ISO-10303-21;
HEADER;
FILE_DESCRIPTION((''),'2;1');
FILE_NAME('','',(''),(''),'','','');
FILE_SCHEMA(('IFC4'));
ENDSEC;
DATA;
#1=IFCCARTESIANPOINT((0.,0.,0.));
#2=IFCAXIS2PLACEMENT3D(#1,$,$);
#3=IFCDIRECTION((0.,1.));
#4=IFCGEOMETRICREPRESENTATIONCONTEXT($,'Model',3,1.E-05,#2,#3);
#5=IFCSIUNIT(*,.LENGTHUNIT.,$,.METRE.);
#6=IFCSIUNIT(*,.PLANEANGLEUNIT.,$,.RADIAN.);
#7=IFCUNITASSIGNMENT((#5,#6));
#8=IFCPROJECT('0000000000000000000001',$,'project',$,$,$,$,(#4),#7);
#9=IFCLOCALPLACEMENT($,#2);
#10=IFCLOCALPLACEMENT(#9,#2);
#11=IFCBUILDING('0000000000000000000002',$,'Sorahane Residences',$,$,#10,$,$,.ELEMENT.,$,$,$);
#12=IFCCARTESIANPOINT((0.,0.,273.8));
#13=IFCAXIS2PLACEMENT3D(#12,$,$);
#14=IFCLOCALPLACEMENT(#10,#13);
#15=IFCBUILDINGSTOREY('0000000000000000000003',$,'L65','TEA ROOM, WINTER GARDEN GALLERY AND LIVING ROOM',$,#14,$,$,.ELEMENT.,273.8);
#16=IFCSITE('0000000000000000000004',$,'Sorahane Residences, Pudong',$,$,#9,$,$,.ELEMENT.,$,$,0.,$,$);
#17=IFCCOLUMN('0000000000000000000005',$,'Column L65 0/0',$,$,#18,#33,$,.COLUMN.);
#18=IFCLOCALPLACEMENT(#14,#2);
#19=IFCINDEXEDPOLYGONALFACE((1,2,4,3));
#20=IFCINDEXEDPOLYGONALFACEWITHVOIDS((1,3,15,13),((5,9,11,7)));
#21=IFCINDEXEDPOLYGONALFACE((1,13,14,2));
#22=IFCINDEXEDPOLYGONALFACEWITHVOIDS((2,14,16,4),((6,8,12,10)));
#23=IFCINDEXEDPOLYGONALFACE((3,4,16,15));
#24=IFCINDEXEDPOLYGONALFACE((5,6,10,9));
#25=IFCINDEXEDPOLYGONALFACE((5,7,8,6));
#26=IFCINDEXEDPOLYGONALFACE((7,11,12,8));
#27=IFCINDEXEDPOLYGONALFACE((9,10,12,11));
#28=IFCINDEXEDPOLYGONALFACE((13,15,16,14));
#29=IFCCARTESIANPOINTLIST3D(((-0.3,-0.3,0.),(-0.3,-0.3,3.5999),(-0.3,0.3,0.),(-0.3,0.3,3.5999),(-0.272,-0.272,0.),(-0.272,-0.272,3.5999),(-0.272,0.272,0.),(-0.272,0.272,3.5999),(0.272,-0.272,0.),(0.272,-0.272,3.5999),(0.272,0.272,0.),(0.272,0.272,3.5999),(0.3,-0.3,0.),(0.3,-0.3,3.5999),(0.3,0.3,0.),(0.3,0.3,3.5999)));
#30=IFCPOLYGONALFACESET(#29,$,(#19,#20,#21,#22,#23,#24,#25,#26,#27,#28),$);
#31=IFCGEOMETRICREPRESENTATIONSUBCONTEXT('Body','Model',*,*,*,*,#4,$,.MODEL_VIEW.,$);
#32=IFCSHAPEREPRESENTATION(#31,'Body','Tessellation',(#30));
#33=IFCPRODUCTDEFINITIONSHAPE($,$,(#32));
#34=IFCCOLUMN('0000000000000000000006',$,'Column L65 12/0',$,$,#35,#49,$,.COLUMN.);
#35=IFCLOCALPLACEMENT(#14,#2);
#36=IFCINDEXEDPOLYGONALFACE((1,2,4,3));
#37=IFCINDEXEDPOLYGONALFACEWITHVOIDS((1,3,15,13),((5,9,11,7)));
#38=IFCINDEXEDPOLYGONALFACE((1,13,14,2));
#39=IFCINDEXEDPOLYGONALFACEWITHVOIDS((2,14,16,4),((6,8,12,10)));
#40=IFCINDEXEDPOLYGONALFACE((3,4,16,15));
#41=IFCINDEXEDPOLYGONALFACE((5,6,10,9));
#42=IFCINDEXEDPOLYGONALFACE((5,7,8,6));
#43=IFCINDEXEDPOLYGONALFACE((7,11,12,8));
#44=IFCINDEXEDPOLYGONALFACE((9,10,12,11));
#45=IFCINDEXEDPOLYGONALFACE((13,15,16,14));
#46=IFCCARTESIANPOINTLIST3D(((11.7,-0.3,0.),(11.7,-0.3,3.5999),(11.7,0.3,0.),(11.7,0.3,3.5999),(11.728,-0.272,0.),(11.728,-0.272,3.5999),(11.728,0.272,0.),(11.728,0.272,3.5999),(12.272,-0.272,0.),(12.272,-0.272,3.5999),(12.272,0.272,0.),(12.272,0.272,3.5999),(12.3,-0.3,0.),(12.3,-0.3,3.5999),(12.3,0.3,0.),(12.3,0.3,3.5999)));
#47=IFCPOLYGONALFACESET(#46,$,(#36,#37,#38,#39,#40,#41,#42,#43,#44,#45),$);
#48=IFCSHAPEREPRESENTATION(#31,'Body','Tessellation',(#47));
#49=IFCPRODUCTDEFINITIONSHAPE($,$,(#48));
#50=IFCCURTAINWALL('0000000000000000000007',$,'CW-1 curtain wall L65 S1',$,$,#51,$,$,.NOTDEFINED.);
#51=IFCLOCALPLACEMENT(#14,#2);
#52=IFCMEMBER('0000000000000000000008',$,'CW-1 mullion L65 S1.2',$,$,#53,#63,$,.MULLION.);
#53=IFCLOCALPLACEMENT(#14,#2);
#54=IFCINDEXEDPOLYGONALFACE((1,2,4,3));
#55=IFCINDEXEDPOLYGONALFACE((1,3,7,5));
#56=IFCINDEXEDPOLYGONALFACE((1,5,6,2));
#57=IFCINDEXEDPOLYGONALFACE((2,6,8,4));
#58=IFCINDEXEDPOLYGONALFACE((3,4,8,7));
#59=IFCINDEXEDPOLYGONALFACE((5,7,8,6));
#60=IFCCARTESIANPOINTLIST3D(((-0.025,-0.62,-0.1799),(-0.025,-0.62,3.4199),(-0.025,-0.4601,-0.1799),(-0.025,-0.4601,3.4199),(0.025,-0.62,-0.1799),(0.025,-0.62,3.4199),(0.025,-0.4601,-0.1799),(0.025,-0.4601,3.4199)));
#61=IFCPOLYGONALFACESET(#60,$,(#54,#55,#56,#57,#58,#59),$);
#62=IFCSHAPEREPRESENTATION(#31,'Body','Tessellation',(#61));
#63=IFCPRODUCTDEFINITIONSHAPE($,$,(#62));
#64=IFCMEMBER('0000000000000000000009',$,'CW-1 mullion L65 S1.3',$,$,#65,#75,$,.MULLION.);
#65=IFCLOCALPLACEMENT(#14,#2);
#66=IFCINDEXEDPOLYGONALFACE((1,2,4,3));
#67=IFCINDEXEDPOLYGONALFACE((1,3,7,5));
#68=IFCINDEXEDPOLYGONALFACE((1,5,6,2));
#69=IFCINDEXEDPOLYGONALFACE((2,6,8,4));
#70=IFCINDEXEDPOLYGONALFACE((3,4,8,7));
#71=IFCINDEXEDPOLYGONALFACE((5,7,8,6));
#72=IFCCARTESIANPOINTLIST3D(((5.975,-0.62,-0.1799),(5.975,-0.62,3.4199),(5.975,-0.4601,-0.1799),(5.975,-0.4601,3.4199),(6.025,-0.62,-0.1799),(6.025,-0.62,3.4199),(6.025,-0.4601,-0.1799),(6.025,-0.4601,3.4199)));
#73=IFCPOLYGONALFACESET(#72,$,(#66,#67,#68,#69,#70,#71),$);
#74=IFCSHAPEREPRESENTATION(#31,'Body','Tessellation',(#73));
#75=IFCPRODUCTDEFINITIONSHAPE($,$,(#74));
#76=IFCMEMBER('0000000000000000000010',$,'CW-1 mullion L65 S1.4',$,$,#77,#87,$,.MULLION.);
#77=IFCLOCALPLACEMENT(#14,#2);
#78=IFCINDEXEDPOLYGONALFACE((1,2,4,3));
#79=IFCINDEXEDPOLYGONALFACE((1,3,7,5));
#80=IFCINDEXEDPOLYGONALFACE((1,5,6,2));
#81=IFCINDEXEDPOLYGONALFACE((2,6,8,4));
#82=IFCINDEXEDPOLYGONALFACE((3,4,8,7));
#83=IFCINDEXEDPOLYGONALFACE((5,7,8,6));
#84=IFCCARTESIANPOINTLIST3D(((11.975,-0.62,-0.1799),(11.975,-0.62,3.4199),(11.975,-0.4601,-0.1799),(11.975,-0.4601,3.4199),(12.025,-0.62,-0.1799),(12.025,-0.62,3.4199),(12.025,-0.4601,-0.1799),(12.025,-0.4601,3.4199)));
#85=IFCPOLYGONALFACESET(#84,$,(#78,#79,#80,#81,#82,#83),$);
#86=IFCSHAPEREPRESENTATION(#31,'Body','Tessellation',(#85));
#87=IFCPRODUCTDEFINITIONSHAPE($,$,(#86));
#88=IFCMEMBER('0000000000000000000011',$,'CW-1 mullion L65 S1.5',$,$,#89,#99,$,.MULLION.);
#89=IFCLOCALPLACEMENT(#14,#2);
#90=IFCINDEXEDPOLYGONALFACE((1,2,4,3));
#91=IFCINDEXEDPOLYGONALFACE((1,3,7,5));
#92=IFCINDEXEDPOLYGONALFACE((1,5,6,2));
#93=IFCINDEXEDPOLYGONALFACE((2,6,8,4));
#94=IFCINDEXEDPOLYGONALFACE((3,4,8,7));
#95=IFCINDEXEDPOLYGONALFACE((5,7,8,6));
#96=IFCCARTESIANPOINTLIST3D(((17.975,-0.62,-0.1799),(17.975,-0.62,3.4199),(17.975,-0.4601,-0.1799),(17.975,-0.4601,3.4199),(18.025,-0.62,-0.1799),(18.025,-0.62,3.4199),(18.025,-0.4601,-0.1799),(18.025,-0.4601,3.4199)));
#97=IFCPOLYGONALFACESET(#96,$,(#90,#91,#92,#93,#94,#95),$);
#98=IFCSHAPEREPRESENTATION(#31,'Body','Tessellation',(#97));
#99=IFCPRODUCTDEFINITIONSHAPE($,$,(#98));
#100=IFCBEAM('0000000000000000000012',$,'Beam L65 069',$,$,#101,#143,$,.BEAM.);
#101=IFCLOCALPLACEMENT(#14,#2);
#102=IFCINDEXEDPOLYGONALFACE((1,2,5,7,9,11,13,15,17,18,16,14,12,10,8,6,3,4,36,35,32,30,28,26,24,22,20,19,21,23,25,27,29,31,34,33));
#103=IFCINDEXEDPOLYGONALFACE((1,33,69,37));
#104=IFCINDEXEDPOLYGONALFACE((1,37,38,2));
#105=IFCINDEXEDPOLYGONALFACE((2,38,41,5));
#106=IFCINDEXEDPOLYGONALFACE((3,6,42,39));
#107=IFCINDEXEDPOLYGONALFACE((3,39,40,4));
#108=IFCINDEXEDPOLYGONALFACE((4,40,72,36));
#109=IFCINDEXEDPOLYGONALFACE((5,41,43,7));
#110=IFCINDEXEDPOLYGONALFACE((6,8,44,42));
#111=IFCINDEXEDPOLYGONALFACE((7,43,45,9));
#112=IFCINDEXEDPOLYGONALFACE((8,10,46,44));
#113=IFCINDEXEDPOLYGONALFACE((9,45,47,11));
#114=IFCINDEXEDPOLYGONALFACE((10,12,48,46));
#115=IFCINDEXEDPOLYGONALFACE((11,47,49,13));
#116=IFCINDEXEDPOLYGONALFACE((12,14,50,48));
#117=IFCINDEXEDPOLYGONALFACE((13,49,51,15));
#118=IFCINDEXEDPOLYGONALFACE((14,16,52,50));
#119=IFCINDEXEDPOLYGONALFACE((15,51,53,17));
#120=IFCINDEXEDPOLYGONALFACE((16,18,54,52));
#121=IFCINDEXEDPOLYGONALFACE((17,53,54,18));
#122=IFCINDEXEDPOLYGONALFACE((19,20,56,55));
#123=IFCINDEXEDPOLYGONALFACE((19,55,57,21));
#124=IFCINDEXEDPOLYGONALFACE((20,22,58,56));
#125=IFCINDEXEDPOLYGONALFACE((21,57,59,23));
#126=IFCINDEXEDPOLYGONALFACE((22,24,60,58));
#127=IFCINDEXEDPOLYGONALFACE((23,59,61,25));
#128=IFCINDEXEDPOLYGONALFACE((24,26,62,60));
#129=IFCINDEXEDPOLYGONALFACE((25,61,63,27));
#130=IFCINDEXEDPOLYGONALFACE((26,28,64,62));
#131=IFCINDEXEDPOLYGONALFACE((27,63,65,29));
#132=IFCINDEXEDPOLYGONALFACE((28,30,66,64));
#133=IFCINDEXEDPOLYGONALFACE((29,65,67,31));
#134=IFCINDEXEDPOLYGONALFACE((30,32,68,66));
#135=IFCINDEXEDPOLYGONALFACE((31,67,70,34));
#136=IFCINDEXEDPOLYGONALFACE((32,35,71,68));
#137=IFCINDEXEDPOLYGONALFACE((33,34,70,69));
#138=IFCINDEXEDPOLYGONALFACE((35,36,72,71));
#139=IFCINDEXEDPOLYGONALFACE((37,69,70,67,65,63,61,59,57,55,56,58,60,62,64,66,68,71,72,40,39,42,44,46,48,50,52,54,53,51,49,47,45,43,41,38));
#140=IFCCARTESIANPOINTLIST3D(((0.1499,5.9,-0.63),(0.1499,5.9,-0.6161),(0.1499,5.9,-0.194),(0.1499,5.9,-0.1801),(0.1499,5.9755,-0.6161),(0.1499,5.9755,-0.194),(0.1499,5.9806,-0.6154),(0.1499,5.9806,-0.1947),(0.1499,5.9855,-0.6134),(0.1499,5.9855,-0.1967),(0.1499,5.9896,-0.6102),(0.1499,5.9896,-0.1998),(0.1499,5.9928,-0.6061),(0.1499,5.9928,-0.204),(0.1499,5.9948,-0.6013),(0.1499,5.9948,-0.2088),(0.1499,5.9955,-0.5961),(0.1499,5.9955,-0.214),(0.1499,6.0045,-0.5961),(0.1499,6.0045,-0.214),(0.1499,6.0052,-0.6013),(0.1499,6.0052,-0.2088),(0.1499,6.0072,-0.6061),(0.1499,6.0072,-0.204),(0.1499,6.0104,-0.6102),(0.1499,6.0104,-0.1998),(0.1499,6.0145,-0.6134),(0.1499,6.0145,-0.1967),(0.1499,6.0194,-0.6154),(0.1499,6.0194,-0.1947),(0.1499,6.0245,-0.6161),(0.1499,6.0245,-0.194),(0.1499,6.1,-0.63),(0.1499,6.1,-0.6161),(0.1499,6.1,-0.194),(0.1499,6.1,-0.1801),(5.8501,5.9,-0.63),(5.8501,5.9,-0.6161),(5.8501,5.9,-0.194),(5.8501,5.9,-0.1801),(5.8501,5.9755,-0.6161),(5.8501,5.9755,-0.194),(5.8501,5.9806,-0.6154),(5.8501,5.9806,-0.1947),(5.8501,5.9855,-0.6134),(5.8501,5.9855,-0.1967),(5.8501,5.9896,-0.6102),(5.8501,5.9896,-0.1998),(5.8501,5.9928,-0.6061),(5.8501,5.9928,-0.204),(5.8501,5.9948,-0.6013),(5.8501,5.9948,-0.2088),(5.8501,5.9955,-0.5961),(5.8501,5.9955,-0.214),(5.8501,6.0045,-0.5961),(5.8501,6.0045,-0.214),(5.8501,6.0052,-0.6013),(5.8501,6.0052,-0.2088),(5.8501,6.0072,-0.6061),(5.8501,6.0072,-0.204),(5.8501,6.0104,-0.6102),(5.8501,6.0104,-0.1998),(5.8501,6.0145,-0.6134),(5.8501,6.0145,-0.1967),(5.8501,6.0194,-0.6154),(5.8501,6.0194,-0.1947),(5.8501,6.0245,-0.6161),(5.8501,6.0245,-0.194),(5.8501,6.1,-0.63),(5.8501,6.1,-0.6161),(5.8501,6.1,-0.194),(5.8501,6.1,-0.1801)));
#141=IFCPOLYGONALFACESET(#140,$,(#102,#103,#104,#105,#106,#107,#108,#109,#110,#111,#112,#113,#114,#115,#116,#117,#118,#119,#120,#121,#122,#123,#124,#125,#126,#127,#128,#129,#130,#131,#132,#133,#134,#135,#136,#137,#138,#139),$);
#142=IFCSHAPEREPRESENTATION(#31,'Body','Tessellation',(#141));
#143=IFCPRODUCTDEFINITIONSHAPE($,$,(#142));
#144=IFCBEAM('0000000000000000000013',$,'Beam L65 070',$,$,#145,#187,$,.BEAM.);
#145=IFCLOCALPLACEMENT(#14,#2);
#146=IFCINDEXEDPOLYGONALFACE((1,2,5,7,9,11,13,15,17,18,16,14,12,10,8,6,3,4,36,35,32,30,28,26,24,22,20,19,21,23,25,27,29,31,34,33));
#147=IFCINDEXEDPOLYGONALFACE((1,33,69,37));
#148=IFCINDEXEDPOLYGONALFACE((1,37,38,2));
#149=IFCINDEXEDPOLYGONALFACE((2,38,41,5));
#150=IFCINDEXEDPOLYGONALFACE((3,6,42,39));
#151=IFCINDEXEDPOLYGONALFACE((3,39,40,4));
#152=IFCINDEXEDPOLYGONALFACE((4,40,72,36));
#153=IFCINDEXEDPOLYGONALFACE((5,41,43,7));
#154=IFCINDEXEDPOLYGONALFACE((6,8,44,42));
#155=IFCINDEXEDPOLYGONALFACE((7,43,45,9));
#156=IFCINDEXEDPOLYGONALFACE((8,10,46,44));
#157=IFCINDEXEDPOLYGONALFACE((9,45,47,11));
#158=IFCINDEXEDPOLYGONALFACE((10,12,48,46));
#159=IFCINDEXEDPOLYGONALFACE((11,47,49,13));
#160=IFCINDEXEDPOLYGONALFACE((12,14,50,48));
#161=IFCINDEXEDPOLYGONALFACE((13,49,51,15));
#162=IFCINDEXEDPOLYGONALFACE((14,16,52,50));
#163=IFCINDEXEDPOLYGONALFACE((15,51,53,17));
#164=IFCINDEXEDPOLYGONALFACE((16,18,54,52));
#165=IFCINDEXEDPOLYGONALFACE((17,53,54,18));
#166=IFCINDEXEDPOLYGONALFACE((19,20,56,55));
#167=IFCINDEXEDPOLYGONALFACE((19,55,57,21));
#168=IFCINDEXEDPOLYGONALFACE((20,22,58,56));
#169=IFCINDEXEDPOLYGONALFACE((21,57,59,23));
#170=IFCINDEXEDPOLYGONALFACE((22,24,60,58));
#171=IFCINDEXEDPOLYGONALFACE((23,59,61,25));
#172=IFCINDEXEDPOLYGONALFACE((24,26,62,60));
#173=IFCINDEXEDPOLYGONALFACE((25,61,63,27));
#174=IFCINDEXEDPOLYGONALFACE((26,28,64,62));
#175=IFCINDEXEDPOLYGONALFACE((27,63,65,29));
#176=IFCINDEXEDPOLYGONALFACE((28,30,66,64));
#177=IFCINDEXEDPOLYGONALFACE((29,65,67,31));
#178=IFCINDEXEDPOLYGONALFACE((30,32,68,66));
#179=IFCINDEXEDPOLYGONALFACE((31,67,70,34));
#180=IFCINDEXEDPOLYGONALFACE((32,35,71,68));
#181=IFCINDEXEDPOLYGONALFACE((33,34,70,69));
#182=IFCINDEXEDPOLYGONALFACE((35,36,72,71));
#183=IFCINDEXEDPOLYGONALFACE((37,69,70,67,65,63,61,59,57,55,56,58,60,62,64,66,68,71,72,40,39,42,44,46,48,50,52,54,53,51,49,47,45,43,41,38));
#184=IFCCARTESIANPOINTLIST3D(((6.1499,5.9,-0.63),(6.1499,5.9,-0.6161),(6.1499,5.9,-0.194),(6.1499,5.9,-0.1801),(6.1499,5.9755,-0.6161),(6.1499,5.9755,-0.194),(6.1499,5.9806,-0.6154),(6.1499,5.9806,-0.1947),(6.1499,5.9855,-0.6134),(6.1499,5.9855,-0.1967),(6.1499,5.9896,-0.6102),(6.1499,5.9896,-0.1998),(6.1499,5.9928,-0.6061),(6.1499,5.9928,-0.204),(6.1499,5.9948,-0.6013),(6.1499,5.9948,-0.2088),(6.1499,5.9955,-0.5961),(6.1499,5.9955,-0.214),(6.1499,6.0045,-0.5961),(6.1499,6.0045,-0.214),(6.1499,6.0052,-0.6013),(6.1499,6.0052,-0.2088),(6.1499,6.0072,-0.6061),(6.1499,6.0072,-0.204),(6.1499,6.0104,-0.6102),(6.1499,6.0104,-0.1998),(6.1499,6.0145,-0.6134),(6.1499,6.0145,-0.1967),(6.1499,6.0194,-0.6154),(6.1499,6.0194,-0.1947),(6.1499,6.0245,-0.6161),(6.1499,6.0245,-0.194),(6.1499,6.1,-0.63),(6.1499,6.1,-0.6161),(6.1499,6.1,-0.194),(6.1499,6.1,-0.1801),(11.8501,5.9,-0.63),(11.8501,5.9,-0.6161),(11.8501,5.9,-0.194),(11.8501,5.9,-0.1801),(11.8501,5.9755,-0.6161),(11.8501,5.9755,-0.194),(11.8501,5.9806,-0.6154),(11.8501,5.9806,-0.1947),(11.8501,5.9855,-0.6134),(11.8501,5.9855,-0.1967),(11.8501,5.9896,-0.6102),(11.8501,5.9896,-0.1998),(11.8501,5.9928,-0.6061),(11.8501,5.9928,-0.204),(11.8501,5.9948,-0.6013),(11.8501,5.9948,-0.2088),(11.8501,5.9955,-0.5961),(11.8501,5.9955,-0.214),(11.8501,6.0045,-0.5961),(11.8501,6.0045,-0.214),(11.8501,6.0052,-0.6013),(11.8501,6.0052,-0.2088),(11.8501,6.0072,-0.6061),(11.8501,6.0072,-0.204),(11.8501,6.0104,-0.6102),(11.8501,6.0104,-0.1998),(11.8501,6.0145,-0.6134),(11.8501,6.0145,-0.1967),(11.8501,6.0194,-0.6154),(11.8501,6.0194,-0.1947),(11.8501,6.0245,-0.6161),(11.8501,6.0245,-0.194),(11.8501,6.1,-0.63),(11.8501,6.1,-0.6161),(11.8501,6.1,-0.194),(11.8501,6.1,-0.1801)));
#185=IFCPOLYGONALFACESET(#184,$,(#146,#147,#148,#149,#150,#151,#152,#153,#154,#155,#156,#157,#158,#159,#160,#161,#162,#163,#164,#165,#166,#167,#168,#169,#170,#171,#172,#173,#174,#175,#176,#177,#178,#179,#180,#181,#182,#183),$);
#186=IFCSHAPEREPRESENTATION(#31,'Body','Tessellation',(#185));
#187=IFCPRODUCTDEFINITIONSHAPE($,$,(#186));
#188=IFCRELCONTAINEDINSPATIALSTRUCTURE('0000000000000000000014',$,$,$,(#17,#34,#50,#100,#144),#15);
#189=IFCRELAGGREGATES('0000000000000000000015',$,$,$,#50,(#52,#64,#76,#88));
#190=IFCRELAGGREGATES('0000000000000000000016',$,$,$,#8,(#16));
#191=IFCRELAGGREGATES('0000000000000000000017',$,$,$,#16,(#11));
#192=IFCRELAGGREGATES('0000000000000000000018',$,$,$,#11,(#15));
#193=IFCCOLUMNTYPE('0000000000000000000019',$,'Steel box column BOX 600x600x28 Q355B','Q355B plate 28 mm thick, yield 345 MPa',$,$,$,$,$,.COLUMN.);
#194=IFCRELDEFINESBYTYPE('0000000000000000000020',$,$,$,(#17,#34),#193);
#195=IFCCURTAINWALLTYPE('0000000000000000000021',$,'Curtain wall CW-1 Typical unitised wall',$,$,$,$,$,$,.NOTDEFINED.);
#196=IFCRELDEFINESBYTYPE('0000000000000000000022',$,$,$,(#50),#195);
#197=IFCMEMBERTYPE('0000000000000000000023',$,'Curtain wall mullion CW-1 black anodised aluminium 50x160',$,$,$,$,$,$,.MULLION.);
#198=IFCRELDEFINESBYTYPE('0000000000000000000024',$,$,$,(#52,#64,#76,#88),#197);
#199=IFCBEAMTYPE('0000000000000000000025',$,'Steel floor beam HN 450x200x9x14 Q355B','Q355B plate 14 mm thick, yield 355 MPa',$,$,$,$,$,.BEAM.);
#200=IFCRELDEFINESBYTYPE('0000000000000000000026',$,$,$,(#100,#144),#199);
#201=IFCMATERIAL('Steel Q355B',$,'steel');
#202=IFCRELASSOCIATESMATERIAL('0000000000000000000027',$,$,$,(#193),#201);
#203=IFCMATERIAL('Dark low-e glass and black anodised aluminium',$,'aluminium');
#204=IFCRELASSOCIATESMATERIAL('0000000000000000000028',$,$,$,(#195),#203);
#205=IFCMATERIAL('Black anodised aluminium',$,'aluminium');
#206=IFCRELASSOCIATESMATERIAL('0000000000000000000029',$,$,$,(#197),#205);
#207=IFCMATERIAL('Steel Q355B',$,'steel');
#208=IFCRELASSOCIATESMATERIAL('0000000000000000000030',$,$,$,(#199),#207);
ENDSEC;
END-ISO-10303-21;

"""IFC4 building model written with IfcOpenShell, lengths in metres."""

from ifc_helpers import new_model, si_unit, direction, frame, origin, origin_2d, place, context, subcontext, project, spatial, rectangle, hollow_rectangle, i_section, extrude, material, material_profile, profile_set, type_object, element, aggregate, save


model = new_model("IFC4")

# Units and contexts
model_context = context("Model", 3, precision=1e-05, world=origin(), true_north=direction((0.0, 1.0)))
body_context = subcontext(model_context, "Body", "Model", "MODEL_VIEW")
ifc_project = project(units=[si_unit("LENGTHUNIT", "METRE"), si_unit("PLANEANGLEUNIT", "RADIAN")], contexts=[model_context])

# Site, building, storey
site_placement = place(None, origin())
site = spatial("IfcSite", under=ifc_project, at=site_placement, Name="Sorahane Residences, Pudong", CompositionType="ELEMENT", RefElevation=0.0)
building_placement = place(site_placement, origin())
building = spatial("IfcBuilding", under=site, at=building_placement, Name="Sorahane Residences", CompositionType="ELEMENT")
storey_placement = place(building_placement, frame((0.0, 0.0, 273.8)))
storey = spatial("IfcBuildingStorey", under=building, at=storey_placement, Name="L65", Description="TEA ROOM, WINTER GARDEN GALLERY AND LIVING ROOM", CompositionType="ELEMENT", Elevation=273.8)

# Columns
ifc_material_1 = material(Name="Steel Q355B", Category="steel")
ifc_material_profile_1 = material_profile(ifc_material_1, hollow_rectangle(XDim=0.6001, YDim=0.6001, WallThickness=0.0281, at=origin_2d()), Name="BOX 600x600x28")
ifc_profile_set_1 = profile_set([ifc_material_profile_1], Name="Steel Q355B")
column_type = type_object("IfcColumnType", Name="Steel box column BOX 600x600x28 Q355B", Description="Q355B plate 28 mm thick, yield 345 MPa", PredefinedType="COLUMN", material=ifc_profile_set_1)
for number, where, z_axis, x_axis, name in (
    (1, (0.0, 0.0, 0.0), (0.0, 0.0, 1.0), (1.0, 0.0, 0.0), "Column L65 0/0"),
    (2, (12.0, 0.0, 0.0), (0.0, 0.0, 1.0), (1.0, 0.0, 0.0), "Column L65 12/0"),
):
    element("IfcColumn", number, at=place(storey_placement, frame(where, z_axis=z_axis, x_axis=x_axis)), inside=storey, type_object=column_type, Name=name, PredefinedType="COLUMN", context=body_context, shape_type="SweptSolid", body=[
        extrude(hollow_rectangle(XDim=0.6001, YDim=0.6001, WallThickness=0.0281, at=origin_2d()), origin(), (0.0, 0.0, 1.0), 3.5999),
    ])

# Curtain wall, members
ifc_material_2 = material(Name="Dark low-e glass and black anodised aluminium", Category="aluminium")
curtain_wall_type = type_object("IfcCurtainWallType", Name="Curtain wall CW-1 Typical unitised wall", PredefinedType="NOTDEFINED", material=ifc_material_2)
curtain_wall_placement = place(storey_placement, origin())
curtain_wall = element("IfcCurtainWall", 3, at=curtain_wall_placement, inside=storey, type_object=curtain_wall_type, Name="CW-1 curtain wall L65 S1", PredefinedType="NOTDEFINED")
ifc_material_3 = material(Name="Black anodised aluminium", Category="aluminium")
ifc_material_profile_2 = material_profile(ifc_material_3, rectangle(XDim=0.1599, YDim=0.05, at=origin_2d()), Name="Curtain wall mullion CW-1 black anodised aluminium 50x160")
ifc_profile_set_2 = profile_set([ifc_material_profile_2], Name="Black anodised aluminium")
member_type = type_object("IfcMemberType", Name="Curtain wall mullion CW-1 black anodised aluminium 50x160", PredefinedType="MULLION", material=ifc_profile_set_2)
member_1_placement = place(storey_placement, frame((0.0, -0.54, -0.1799), z_axis=(0.0, 0.0, 1.0), x_axis=(0.0, -1.0, 0.0)))
member_1 = element("IfcMember", 4, at=member_1_placement, type_object=member_type, Name="CW-1 mullion L65 S1.2", PredefinedType="MULLION", context=body_context, shape_type="SweptSolid", body=[
    extrude(rectangle(XDim=0.1599, YDim=0.05, at=origin_2d()), origin(), (0.0, 0.0, 1.0), 3.5999),
])
member_2_placement = place(storey_placement, frame((6.0, -0.54, -0.1799), z_axis=(0.0, 0.0, 1.0), x_axis=(0.0, -1.0, 0.0)))
member_2 = element("IfcMember", 5, at=member_2_placement, type_object=member_type, Name="CW-1 mullion L65 S1.3", PredefinedType="MULLION", context=body_context, shape_type="SweptSolid", body=[
    extrude(rectangle(XDim=0.1599, YDim=0.05, at=origin_2d()), origin(), (0.0, 0.0, 1.0), 3.5999),
])
member_3_placement = place(storey_placement, frame((12.0, -0.54, -0.1799), z_axis=(0.0, 0.0, 1.0), x_axis=(0.0, -1.0, 0.0)))
member_3 = element("IfcMember", 6, at=member_3_placement, type_object=member_type, Name="CW-1 mullion L65 S1.4", PredefinedType="MULLION", context=body_context, shape_type="SweptSolid", body=[
    extrude(rectangle(XDim=0.1599, YDim=0.05, at=origin_2d()), origin(), (0.0, 0.0, 1.0), 3.5999),
])
member_4_placement = place(storey_placement, frame((18.0, -0.54, -0.1799), z_axis=(0.0, 0.0, 1.0), x_axis=(0.0, -1.0, 0.0)))
member_4 = element("IfcMember", 7, at=member_4_placement, type_object=member_type, Name="CW-1 mullion L65 S1.5", PredefinedType="MULLION", context=body_context, shape_type="SweptSolid", body=[
    extrude(rectangle(XDim=0.1599, YDim=0.05, at=origin_2d()), origin(), (0.0, 0.0, 1.0), 3.5999),
])

# Beams
ifc_material_4 = material(Name="Steel Q355B", Category="steel")
ifc_material_profile_3 = material_profile(ifc_material_4, i_section(OverallWidth=0.2, OverallDepth=0.45, WebThickness=0.009, FlangeThickness=0.0139, FilletRadius=0.02, at=origin_2d()), Name="HN 450x200x9x14")
ifc_profile_set_3 = profile_set([ifc_material_profile_3], Name="Steel Q355B")
beam_type_1 = type_object("IfcBeamType", Name="Steel floor beam HN 450x200x9x14 Q355B", Description="Q355B plate 14 mm thick, yield 355 MPa", PredefinedType="BEAM", material=ifc_profile_set_3)
for number, where, z_axis, x_axis, name in (
    (8, (0.1499, 6.0, -0.405), (1.0, 0.0, 0.0), (0.0, 1.0, 0.0), "Beam L65 069"),
    (9, (6.1499, 6.0, -0.405), (1.0, 0.0, 0.0), (0.0, 1.0, 0.0), "Beam L65 070"),
):
    element("IfcBeam", number, at=place(storey_placement, frame(where, z_axis=z_axis, x_axis=x_axis)), inside=storey, type_object=beam_type_1, Name=name, PredefinedType="BEAM", context=body_context, shape_type="SweptSolid", body=[
        extrude(i_section(OverallWidth=0.2, OverallDepth=0.45, WebThickness=0.009, FlangeThickness=0.0139, FilletRadius=0.02, at=origin_2d()), origin(), (0.0, 0.0, 1.0), 5.7002),
    ])

aggregate(curtain_wall, [member_1, member_2, member_3, member_4])

save(model, "model.ifc")
